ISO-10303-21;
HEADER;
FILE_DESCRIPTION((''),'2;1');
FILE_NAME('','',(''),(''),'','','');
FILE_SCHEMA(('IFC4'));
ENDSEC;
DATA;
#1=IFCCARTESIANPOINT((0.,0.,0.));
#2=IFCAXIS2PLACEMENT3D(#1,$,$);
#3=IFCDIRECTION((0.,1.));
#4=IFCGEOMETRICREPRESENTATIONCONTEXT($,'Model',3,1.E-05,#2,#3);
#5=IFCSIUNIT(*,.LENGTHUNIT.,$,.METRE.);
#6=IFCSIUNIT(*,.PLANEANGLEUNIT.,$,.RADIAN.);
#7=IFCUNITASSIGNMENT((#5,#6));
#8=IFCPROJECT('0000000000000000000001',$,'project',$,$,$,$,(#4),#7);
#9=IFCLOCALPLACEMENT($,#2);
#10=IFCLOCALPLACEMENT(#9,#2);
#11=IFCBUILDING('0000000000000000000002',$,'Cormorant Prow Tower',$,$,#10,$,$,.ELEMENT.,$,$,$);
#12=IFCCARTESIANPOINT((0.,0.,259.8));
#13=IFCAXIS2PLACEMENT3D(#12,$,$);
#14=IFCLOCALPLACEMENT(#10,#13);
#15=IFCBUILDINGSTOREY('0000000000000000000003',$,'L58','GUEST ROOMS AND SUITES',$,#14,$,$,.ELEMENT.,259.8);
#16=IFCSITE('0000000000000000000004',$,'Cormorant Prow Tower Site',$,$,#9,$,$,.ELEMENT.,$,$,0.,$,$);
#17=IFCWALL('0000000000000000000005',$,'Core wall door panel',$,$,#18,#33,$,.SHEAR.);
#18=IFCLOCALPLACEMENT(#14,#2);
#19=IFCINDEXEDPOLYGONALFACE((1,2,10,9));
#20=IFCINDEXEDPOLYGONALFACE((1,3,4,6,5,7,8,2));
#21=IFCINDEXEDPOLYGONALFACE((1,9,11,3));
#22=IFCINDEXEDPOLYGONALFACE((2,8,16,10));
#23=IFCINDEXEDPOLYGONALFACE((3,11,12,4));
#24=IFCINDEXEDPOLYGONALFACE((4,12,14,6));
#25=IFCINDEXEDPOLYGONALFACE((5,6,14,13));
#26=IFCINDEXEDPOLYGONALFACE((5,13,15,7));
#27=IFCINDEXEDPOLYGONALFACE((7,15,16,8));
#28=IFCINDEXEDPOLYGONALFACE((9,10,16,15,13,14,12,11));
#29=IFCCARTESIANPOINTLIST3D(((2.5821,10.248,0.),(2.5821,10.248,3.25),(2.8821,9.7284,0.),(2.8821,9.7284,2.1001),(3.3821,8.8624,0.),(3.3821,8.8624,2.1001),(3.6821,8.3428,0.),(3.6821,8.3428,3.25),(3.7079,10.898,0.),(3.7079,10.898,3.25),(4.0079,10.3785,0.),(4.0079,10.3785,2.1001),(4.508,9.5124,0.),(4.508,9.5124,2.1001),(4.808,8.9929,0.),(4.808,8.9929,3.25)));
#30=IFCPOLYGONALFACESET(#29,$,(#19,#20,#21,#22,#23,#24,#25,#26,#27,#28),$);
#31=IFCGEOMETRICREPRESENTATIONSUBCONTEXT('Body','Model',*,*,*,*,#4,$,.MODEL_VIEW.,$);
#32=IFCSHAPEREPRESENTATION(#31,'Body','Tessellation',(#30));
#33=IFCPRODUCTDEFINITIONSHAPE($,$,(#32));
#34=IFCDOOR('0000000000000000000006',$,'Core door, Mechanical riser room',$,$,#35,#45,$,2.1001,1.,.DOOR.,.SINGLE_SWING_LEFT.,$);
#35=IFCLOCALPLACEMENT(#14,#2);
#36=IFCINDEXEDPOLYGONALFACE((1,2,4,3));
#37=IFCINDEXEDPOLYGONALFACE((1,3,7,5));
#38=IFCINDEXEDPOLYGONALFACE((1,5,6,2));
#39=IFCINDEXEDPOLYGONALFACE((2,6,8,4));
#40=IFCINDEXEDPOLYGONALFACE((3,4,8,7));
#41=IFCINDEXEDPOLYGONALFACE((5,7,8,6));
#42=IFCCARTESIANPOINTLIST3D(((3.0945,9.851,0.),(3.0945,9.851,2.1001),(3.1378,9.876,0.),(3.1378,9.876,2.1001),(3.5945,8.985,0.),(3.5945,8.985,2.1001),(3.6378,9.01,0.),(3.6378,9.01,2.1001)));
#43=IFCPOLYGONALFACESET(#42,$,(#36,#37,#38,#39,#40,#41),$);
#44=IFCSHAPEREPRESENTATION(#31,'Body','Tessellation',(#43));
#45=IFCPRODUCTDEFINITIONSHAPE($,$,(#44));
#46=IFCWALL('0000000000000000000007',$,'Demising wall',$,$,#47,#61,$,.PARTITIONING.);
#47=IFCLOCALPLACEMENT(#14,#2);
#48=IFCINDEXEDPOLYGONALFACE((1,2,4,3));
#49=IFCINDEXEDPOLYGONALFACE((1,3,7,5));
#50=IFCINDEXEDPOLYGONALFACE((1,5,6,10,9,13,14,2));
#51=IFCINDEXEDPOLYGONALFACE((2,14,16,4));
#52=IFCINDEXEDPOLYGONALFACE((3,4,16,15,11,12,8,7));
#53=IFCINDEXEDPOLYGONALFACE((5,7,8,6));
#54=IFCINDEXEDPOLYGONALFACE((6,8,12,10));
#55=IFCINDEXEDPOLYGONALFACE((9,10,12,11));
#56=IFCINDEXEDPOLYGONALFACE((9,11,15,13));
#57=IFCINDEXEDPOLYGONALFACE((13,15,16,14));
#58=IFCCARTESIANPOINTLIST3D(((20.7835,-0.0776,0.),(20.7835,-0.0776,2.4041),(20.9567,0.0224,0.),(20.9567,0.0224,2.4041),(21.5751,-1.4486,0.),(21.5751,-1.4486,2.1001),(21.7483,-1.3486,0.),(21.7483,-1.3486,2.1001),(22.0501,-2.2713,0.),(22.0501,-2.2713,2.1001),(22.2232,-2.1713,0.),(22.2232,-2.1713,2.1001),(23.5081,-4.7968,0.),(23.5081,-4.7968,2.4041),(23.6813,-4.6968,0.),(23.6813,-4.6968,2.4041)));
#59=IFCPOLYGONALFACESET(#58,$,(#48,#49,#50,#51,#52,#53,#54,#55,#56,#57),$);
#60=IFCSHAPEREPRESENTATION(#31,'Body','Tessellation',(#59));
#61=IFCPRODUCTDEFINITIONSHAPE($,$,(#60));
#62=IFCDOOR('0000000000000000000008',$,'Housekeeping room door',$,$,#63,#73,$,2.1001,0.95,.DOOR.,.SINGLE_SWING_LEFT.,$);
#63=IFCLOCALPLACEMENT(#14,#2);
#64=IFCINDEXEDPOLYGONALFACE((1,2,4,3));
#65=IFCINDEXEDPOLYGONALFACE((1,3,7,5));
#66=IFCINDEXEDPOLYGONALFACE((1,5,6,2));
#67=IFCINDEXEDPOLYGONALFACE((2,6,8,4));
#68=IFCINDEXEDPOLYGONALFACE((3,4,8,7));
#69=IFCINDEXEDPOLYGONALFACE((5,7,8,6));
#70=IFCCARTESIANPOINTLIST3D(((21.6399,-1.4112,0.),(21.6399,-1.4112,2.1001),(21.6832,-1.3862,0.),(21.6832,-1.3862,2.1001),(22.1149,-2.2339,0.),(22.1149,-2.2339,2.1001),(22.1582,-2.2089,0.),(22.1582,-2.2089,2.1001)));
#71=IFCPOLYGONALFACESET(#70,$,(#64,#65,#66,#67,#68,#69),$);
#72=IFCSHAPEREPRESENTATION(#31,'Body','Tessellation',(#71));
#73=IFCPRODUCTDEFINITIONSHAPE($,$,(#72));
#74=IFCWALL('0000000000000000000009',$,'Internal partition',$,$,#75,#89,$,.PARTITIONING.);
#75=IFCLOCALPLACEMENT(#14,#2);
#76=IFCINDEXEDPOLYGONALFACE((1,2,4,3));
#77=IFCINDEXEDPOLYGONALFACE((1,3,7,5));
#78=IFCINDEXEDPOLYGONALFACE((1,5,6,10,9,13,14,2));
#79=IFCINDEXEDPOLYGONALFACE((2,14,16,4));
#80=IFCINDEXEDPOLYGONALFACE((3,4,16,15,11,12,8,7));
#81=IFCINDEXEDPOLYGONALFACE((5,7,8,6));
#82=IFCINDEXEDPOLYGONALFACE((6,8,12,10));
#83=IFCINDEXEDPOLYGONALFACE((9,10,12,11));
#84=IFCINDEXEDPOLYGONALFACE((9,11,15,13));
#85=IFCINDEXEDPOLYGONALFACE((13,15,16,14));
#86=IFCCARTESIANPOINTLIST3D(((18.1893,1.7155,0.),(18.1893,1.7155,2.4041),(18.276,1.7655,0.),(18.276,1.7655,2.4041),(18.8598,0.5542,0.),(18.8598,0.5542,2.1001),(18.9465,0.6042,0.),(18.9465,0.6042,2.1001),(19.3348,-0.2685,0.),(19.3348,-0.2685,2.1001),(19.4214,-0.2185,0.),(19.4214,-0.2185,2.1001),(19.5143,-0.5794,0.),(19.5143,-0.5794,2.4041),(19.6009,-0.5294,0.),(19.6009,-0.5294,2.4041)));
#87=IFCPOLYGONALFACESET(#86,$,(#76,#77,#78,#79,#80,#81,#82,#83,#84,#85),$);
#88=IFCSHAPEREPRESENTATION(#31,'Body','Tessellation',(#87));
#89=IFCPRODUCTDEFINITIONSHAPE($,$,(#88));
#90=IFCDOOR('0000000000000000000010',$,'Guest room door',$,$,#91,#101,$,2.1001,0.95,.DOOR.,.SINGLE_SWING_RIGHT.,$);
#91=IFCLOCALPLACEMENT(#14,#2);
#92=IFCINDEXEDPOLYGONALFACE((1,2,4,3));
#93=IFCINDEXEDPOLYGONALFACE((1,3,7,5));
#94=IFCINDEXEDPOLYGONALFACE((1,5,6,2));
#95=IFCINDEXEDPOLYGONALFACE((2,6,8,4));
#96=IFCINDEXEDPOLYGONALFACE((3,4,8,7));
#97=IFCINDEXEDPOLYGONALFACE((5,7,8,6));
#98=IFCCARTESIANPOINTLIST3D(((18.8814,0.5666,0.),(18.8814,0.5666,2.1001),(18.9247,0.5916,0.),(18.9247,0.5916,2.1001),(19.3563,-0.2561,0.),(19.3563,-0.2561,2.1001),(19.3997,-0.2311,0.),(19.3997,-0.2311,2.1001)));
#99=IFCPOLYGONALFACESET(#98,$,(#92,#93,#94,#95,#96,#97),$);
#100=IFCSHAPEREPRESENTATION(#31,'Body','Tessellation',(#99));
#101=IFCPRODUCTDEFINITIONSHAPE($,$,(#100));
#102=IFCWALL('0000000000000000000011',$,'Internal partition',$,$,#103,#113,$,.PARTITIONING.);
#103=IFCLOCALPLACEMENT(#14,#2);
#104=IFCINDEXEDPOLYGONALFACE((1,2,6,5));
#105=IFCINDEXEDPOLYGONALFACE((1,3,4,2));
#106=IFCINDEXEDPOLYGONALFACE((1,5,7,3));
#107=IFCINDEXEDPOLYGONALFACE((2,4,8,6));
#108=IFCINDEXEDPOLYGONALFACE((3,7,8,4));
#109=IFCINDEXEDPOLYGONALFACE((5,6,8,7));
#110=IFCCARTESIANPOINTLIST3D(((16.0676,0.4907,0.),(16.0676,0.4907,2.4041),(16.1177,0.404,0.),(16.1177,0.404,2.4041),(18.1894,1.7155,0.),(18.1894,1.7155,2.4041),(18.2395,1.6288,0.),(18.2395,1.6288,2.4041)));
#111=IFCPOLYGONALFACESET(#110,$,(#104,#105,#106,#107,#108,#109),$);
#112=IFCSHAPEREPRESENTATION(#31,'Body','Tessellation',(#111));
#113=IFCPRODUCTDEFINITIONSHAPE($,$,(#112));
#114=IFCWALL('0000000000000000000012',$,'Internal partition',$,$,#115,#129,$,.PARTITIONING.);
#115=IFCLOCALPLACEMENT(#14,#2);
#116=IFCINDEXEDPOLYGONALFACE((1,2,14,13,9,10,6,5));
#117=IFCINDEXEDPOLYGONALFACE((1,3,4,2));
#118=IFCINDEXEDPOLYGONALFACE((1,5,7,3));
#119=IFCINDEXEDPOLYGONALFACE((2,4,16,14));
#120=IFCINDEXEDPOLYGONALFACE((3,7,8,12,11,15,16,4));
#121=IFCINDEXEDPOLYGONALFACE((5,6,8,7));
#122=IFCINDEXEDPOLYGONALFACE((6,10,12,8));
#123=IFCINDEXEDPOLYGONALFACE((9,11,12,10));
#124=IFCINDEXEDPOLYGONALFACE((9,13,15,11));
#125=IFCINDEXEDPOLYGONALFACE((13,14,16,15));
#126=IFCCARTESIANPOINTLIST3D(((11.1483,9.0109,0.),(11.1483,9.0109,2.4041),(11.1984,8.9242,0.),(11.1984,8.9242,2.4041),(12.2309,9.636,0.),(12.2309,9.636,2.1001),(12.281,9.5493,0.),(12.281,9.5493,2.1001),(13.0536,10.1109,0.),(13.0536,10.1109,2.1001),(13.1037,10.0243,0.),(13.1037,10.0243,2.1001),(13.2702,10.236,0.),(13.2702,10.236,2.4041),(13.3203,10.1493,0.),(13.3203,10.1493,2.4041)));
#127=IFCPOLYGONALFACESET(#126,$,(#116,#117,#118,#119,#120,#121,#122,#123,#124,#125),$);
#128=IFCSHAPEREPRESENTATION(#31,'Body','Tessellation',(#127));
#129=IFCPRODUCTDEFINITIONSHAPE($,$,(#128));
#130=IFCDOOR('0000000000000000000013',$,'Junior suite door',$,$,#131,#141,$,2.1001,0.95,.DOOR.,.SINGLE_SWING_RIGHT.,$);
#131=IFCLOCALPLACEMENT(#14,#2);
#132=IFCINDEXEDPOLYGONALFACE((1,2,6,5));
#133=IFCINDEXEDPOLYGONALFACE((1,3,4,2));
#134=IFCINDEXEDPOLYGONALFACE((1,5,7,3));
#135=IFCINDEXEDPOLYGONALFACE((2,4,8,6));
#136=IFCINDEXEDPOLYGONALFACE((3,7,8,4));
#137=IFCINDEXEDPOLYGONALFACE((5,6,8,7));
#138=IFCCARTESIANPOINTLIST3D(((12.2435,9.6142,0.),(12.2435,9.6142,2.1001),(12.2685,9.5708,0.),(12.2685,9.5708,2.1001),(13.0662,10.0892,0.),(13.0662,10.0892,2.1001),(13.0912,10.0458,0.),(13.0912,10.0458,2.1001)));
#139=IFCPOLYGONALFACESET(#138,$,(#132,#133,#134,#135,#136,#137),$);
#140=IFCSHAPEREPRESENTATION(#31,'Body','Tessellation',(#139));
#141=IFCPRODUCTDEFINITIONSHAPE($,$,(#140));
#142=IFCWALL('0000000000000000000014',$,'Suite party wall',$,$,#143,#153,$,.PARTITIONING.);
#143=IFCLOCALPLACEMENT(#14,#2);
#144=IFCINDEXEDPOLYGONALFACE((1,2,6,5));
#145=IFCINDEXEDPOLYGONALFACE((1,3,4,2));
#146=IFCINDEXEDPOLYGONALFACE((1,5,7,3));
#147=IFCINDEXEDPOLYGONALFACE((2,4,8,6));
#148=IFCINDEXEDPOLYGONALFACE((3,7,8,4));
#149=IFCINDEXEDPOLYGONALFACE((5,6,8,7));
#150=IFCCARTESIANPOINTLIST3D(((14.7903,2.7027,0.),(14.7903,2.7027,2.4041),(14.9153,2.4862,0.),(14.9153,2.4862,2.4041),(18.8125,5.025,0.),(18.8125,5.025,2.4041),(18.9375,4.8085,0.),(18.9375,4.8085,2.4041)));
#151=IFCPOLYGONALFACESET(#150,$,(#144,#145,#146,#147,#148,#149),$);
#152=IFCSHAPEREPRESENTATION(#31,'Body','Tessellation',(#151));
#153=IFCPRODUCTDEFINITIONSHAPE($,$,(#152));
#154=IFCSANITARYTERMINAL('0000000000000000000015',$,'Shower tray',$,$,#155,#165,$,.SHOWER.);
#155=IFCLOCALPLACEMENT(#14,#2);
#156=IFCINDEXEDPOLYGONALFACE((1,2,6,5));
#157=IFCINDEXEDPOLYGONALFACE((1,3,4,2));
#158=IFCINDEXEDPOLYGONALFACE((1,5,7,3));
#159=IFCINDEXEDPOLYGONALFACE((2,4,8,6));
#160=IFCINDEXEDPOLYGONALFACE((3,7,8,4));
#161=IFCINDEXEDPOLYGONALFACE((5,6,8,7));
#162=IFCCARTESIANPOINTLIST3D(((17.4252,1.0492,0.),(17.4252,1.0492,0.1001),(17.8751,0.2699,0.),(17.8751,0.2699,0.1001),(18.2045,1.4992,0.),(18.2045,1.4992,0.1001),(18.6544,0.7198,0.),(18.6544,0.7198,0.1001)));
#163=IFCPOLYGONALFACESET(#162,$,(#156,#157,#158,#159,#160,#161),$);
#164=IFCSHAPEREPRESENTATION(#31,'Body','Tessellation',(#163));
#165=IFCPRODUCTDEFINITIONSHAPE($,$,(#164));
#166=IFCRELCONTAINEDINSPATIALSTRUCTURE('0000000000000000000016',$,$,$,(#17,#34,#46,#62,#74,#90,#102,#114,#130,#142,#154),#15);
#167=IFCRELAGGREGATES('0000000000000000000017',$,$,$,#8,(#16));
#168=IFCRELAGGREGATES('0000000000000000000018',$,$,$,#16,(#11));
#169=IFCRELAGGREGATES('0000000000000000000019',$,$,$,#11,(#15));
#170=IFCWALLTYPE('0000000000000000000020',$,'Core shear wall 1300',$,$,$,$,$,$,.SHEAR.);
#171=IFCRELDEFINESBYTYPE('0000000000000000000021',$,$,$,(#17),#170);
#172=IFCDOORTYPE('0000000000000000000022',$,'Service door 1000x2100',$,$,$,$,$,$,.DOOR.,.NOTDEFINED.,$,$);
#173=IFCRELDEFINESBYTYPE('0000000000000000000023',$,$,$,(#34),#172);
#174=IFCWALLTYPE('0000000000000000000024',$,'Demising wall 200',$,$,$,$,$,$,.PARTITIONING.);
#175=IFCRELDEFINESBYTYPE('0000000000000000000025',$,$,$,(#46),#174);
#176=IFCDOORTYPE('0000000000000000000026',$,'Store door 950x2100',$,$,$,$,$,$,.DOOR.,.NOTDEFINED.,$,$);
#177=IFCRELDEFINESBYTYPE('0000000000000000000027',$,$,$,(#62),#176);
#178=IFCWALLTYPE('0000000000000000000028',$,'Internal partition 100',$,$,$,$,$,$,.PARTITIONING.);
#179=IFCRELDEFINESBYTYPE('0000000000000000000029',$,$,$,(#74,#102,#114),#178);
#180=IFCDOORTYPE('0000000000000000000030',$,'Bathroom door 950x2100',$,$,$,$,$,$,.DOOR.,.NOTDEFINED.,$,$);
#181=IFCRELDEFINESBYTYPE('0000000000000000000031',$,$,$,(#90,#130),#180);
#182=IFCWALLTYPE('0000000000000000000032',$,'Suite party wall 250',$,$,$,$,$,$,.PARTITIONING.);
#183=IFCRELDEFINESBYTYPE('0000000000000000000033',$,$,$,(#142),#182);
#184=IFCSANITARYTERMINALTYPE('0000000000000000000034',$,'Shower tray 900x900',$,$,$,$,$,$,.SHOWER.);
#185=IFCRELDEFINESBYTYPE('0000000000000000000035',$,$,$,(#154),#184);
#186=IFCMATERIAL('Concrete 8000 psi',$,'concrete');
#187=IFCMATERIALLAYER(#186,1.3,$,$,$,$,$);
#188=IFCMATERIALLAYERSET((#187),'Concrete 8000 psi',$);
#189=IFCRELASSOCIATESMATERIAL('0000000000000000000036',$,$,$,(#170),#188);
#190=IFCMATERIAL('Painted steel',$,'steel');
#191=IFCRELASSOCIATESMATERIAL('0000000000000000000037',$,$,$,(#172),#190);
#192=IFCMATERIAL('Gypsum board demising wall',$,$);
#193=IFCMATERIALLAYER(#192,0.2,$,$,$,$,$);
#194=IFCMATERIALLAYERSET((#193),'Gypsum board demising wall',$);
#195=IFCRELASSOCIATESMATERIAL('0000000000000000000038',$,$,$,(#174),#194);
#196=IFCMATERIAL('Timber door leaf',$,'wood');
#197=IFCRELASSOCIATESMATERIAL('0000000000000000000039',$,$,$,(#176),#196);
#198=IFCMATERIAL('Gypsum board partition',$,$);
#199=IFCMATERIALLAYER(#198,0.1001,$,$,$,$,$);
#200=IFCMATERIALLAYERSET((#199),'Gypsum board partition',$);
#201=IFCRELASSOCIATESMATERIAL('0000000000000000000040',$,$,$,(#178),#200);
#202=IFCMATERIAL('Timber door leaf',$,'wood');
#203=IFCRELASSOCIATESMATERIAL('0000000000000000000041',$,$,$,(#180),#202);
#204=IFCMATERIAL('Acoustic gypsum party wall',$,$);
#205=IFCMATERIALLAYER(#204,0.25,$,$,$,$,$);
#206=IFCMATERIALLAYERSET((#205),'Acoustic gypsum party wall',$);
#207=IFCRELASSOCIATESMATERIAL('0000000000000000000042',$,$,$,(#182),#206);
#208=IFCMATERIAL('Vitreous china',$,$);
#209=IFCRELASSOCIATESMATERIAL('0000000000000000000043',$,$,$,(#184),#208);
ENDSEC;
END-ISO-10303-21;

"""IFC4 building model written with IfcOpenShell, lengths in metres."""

from ifc_helpers import new_model, si_unit, direction, frame, frame_2d, origin, origin_2d, place, context, subcontext, project, spatial, rectangle, extrude, material, layer, layer_set, type_object, element, fill, save


model = new_model("IFC4")

# Units and contexts
model_context = context("Model", 3, precision=1e-05, world=origin(), true_north=direction((0.0, 1.0)))
body_context = subcontext(model_context, "Body", "Model", "MODEL_VIEW")
ifc_project = project(units=[si_unit("LENGTHUNIT", "METRE"), si_unit("PLANEANGLEUNIT", "RADIAN")], contexts=[model_context])

# Site, building, storey
site_placement = place(None, origin())
site = spatial("IfcSite", under=ifc_project, at=site_placement, Name="Cormorant Prow Tower Site", CompositionType="ELEMENT", RefElevation=0.0)
building_placement = place(site_placement, origin())
building = spatial("IfcBuilding", under=site, at=building_placement, Name="Cormorant Prow Tower", CompositionType="ELEMENT")
storey_placement = place(building_placement, frame((0.0, 0.0, 259.8)))
storey = spatial("IfcBuildingStorey", under=building, at=storey_placement, Name="L58", Description="GUEST ROOMS AND SUITES", CompositionType="ELEMENT", Elevation=259.8)

# Walls, openings, doors
ifc_material_1 = material(Name="Concrete 8000 psi", Category="concrete")
ifc_layer_1 = layer(ifc_material_1, 1.3)
ifc_layer_set_1 = layer_set([ifc_layer_1], Name="Concrete 8000 psi")
wall_type_1 = type_object("IfcWallType", Name="Core shear wall 1300", PredefinedType="SHEAR", material=ifc_layer_set_1)
wall_1_placement = place(storey_placement, frame((4.2451, 8.6677, 0.0), z_axis=(0.0, 0.0, 1.0), x_axis=(-0.50003, 0.866008, 0.0)))
wall_1 = element("IfcWall", 1, at=wall_1_placement, inside=storey, type_object=wall_type_1, Name="Core wall door panel", PredefinedType="SHEAR", context=body_context, shape_type="SweptSolid", body=[
    extrude(rectangle(XDim=2.2, YDim=1.3, at=frame_2d((1.1001, 0.0))), origin(), (0.0, 0.0, 1.0), 3.25),
])
opening_1_placement = place(wall_1_placement, frame((0.6001, 0.0, 0.0)))
opening_1 = element("IfcOpeningElement", 2, at=opening_1_placement, cuts=wall_1, PredefinedType="OPENING", context=body_context, shape_type="SweptSolid", body=[
    extrude(rectangle(XDim=1.0, YDim=2.1001, at=frame_2d((0.5, 1.05))), frame((0.0, 0.6599, 0.0), z_axis=(0.0, -1.0, 0.0), x_axis=(1.0, 0.0, 0.0)), (0.0, 0.0, 1.0), 1.3201),
])
ifc_material_2 = material(Name="Painted steel", Category="steel")
door_type_1 = type_object("IfcDoorType", Name="Service door 1000x2100", OperationType="NOTDEFINED", PredefinedType="DOOR", material=ifc_material_2)
door_1_placement = place(opening_1_placement, origin())
door_1 = element("IfcDoor", 3, at=door_1_placement, inside=storey, type_object=door_type_1, Name="Core door, Mechanical riser room", OperationType="SINGLE_SWING_LEFT", OverallHeight=2.1001, OverallWidth=1.0, PredefinedType="DOOR", context=body_context, shape_type="SweptSolid", body=[
    extrude(rectangle(XDim=1.0, YDim=2.1001, at=frame_2d((0.5, 1.05))), frame((0.0, 0.4048, 0.0), z_axis=(0.0, -1.0, 0.0), x_axis=(1.0, 0.0, 0.0)), (0.0, 0.0, 1.0), 0.05),
])
fill(opening_1, door_1)
ifc_material_3 = material(Name="Gypsum board demising wall")
ifc_layer_2 = layer(ifc_material_3, 0.2)
ifc_layer_set_2 = layer_set([ifc_layer_2], Name="Gypsum board demising wall")
wall_type_2 = type_object("IfcWallType", Name="Demising wall 200", PredefinedType="PARTITIONING", material=ifc_layer_set_2)
wall_2_placement = place(storey_placement, frame((20.8701, -0.0276, 0.0), z_axis=(0.0, 0.0, 1.0), x_axis=(0.499994, -0.866029, 0.0)))
wall_2 = element("IfcWall", 4, at=wall_2_placement, inside=storey, type_object=wall_type_2, Name="Demising wall", PredefinedType="PARTITIONING", context=body_context, shape_type="SweptSolid", body=[
    extrude(rectangle(XDim=5.4492, YDim=0.2, at=frame_2d((2.7246, 0.0))), origin(), (0.0, 0.0, 1.0), 2.4041),
])
opening_2_placement = place(wall_2_placement, frame((1.583, 0.0, 0.0)))
opening_2 = element("IfcOpeningElement", 5, at=opening_2_placement, cuts=wall_2, PredefinedType="OPENING", context=body_context, shape_type="SweptSolid", body=[
    extrude(rectangle(XDim=0.95, YDim=2.1001, at=frame_2d((0.4751, 1.05))), frame((0.0, 0.1099, 0.0), z_axis=(0.0, -1.0, 0.0), x_axis=(1.0, 0.0, 0.0)), (0.0, 0.0, 1.0), 0.22),
])
ifc_material_4 = material(Name="Timber door leaf", Category="wood")
door_type_2 = type_object("IfcDoorType", Name="Store door 950x2100", OperationType="NOTDEFINED", PredefinedType="DOOR", material=ifc_material_4)
door_2_placement = place(opening_2_placement, origin())
door_2 = element("IfcDoor", 6, at=door_2_placement, inside=storey, type_object=door_type_2, Name="Housekeeping room door", OperationType="SINGLE_SWING_LEFT", OverallHeight=2.1001, OverallWidth=0.95, PredefinedType="DOOR", context=body_context, shape_type="SweptSolid", body=[
    extrude(rectangle(XDim=0.95, YDim=2.1001, at=frame_2d((0.4751, 1.05))), frame((0.0, 0.0249, 0.0), z_axis=(0.0, -1.0, 0.0), x_axis=(1.0, 0.0, 0.0)), (0.0, 0.0, 1.0), 0.05),
])
fill(opening_2, door_2)
ifc_material_5 = material(Name="Gypsum board partition")
ifc_layer_3 = layer(ifc_material_5, 0.1001)
ifc_layer_set_3 = layer_set([ifc_layer_3], Name="Gypsum board partition")
wall_type_3 = type_object("IfcWallType", Name="Internal partition 100", PredefinedType="PARTITIONING", material=ifc_layer_set_3)
wall_3_placement = place(storey_placement, frame((18.2327, 1.7405, 0.0), z_axis=(0.0, 0.0, 1.0), x_axis=(0.499994, -0.866029, 0.0)))
wall_3 = element("IfcWall", 7, at=wall_3_placement, inside=storey, type_object=wall_type_3, Name="Internal partition", PredefinedType="PARTITIONING", context=body_context, shape_type="SweptSolid", body=[
    extrude(rectangle(XDim=2.6499, YDim=0.1001, at=frame_2d((1.325, 0.0))), origin(), (0.0, 0.0, 1.0), 2.4041),
])
opening_3_placement = place(wall_3_placement, frame((1.3408, 0.0, 0.0)))
opening_3 = element("IfcOpeningElement", 8, at=opening_3_placement, cuts=wall_3, PredefinedType="OPENING", context=body_context, shape_type="SweptSolid", body=[
    extrude(rectangle(XDim=0.95, YDim=2.1001, at=frame_2d((0.4751, 1.05))), frame((0.0, 0.0601, 0.0), z_axis=(0.0, -1.0, 0.0), x_axis=(1.0, 0.0, 0.0)), (0.0, 0.0, 1.0), 0.1201),
])
ifc_material_6 = material(Name="Timber door leaf", Category="wood")
door_type_3 = type_object("IfcDoorType", Name="Bathroom door 950x2100", OperationType="NOTDEFINED", PredefinedType="DOOR", material=ifc_material_6)
door_3_placement = place(opening_3_placement, origin())
door_3 = element("IfcDoor", 9, at=door_3_placement, inside=storey, type_object=door_type_3, Name="Guest room door", OperationType="SINGLE_SWING_RIGHT", OverallHeight=2.1001, OverallWidth=0.95, PredefinedType="DOOR", context=body_context, shape_type="SweptSolid", body=[
    extrude(rectangle(XDim=0.95, YDim=2.1001, at=frame_2d((0.4751, 1.05))), frame((0.0, 0.0249, 0.0), z_axis=(0.0, -1.0, 0.0), x_axis=(1.0, 0.0, 0.0)), (0.0, 0.0, 1.0), 0.05),
])
fill(opening_3, door_3)

# Wall
wall_4_placement = place(storey_placement, frame((16.0925, 0.4473, 0.0), z_axis=(0.0, 0.0, 1.0), x_axis=(0.866058, 0.499944, 0.0)))
element("IfcWall", 10, at=wall_4_placement, inside=storey, type_object=wall_type_3, Name="Internal partition", PredefinedType="PARTITIONING", context=body_context, shape_type="SweptSolid", body=[
    extrude(rectangle(XDim=2.45, YDim=0.1001, at=frame_2d((1.2251, 0.0))), origin(), (0.0, 0.0, 1.0), 2.4041),
])

# Wall, opening, door
wall_5_placement = place(storey_placement, frame((11.1733, 8.9675, 0.0), z_axis=(0.0, 0.0, 1.0), x_axis=(0.866015, 0.500019, 0.0)))
wall_5 = element("IfcWall", 11, at=wall_5_placement, inside=storey, type_object=wall_type_3, Name="Internal partition", PredefinedType="PARTITIONING", context=body_context, shape_type="SweptSolid", body=[
    extrude(rectangle(XDim=2.4502, YDim=0.1001, at=frame_2d((1.2251, 0.0))), origin(), (0.0, 0.0, 1.0), 2.4041),
])
opening_4_placement = place(wall_5_placement, frame((1.25, 0.0, 0.0)))
opening_4 = element("IfcOpeningElement", 12, at=opening_4_placement, cuts=wall_5, PredefinedType="OPENING", context=body_context, shape_type="SweptSolid", body=[
    extrude(rectangle(XDim=0.95, YDim=2.1001, at=frame_2d((0.4751, 1.05))), frame((0.0, 0.0601, 0.0), z_axis=(0.0, -1.0, 0.0), x_axis=(1.0, 0.0, 0.0)), (0.0, 0.0, 1.0), 0.1201),
])
door_4_placement = place(opening_4_placement, origin())
door_4 = element("IfcDoor", 13, at=door_4_placement, inside=storey, type_object=door_type_3, Name="Junior suite door", OperationType="SINGLE_SWING_RIGHT", OverallHeight=2.1001, OverallWidth=0.95, PredefinedType="DOOR", context=body_context, shape_type="SweptSolid", body=[
    extrude(rectangle(XDim=0.95, YDim=2.1001, at=frame_2d((0.4751, 1.05))), frame((0.0, 0.0249, 0.0), z_axis=(0.0, -1.0, 0.0), x_axis=(1.0, 0.0, 0.0)), (0.0, 0.0, 1.0), 0.05),
])
fill(opening_4, door_4)

# Wall
ifc_material_7 = material(Name="Acoustic gypsum party wall")
ifc_layer_4 = layer(ifc_material_7, 0.25)
ifc_layer_set_4 = layer_set([ifc_layer_4], Name="Acoustic gypsum party wall")
wall_type_4 = type_object("IfcWallType", Name="Suite party wall 250", PredefinedType="PARTITIONING", material=ifc_layer_set_4)
wall_6_placement = place(storey_placement, frame((14.8528, 2.5945, 0.0), z_axis=(0.0, 0.0, 1.0), x_axis=(0.866022, 0.500006, 0.0)))
element("IfcWall", 14, at=wall_6_placement, inside=storey, type_object=wall_type_4, Name="Suite party wall", PredefinedType="PARTITIONING", context=body_context, shape_type="SweptSolid", body=[
    extrude(rectangle(XDim=4.6445, YDim=0.25, at=frame_2d((2.3223, 0.0))), origin(), (0.0, 0.0, 1.0), 2.4041),
])

# Sanitary terminal
ifc_material_8 = material(Name="Vitreous china")
sanitary_terminal_type_1 = type_object("IfcSanitaryTerminalType", Name="Shower tray 900x900", PredefinedType="SHOWER", material=ifc_material_8)
for number, where, z_axis, x_axis, name in (
    (15, (18.0398, 0.8845, 0.0), (0.0, 0.0, 1.0), (0.5, -0.866025, 0.0), "Shower tray"),
):
    element("IfcSanitaryTerminal", number, at=place(storey_placement, frame(where, z_axis=z_axis, x_axis=x_axis)), inside=storey, type_object=sanitary_terminal_type_1, Name=name, PredefinedType="SHOWER", context=body_context, shape_type="SweptSolid", body=[
        extrude(rectangle(XDim=0.8999, YDim=0.8999, at=origin_2d()), origin(), (0.0, 0.0, 1.0), 0.1001),
    ])

save(model, "model.ifc")
